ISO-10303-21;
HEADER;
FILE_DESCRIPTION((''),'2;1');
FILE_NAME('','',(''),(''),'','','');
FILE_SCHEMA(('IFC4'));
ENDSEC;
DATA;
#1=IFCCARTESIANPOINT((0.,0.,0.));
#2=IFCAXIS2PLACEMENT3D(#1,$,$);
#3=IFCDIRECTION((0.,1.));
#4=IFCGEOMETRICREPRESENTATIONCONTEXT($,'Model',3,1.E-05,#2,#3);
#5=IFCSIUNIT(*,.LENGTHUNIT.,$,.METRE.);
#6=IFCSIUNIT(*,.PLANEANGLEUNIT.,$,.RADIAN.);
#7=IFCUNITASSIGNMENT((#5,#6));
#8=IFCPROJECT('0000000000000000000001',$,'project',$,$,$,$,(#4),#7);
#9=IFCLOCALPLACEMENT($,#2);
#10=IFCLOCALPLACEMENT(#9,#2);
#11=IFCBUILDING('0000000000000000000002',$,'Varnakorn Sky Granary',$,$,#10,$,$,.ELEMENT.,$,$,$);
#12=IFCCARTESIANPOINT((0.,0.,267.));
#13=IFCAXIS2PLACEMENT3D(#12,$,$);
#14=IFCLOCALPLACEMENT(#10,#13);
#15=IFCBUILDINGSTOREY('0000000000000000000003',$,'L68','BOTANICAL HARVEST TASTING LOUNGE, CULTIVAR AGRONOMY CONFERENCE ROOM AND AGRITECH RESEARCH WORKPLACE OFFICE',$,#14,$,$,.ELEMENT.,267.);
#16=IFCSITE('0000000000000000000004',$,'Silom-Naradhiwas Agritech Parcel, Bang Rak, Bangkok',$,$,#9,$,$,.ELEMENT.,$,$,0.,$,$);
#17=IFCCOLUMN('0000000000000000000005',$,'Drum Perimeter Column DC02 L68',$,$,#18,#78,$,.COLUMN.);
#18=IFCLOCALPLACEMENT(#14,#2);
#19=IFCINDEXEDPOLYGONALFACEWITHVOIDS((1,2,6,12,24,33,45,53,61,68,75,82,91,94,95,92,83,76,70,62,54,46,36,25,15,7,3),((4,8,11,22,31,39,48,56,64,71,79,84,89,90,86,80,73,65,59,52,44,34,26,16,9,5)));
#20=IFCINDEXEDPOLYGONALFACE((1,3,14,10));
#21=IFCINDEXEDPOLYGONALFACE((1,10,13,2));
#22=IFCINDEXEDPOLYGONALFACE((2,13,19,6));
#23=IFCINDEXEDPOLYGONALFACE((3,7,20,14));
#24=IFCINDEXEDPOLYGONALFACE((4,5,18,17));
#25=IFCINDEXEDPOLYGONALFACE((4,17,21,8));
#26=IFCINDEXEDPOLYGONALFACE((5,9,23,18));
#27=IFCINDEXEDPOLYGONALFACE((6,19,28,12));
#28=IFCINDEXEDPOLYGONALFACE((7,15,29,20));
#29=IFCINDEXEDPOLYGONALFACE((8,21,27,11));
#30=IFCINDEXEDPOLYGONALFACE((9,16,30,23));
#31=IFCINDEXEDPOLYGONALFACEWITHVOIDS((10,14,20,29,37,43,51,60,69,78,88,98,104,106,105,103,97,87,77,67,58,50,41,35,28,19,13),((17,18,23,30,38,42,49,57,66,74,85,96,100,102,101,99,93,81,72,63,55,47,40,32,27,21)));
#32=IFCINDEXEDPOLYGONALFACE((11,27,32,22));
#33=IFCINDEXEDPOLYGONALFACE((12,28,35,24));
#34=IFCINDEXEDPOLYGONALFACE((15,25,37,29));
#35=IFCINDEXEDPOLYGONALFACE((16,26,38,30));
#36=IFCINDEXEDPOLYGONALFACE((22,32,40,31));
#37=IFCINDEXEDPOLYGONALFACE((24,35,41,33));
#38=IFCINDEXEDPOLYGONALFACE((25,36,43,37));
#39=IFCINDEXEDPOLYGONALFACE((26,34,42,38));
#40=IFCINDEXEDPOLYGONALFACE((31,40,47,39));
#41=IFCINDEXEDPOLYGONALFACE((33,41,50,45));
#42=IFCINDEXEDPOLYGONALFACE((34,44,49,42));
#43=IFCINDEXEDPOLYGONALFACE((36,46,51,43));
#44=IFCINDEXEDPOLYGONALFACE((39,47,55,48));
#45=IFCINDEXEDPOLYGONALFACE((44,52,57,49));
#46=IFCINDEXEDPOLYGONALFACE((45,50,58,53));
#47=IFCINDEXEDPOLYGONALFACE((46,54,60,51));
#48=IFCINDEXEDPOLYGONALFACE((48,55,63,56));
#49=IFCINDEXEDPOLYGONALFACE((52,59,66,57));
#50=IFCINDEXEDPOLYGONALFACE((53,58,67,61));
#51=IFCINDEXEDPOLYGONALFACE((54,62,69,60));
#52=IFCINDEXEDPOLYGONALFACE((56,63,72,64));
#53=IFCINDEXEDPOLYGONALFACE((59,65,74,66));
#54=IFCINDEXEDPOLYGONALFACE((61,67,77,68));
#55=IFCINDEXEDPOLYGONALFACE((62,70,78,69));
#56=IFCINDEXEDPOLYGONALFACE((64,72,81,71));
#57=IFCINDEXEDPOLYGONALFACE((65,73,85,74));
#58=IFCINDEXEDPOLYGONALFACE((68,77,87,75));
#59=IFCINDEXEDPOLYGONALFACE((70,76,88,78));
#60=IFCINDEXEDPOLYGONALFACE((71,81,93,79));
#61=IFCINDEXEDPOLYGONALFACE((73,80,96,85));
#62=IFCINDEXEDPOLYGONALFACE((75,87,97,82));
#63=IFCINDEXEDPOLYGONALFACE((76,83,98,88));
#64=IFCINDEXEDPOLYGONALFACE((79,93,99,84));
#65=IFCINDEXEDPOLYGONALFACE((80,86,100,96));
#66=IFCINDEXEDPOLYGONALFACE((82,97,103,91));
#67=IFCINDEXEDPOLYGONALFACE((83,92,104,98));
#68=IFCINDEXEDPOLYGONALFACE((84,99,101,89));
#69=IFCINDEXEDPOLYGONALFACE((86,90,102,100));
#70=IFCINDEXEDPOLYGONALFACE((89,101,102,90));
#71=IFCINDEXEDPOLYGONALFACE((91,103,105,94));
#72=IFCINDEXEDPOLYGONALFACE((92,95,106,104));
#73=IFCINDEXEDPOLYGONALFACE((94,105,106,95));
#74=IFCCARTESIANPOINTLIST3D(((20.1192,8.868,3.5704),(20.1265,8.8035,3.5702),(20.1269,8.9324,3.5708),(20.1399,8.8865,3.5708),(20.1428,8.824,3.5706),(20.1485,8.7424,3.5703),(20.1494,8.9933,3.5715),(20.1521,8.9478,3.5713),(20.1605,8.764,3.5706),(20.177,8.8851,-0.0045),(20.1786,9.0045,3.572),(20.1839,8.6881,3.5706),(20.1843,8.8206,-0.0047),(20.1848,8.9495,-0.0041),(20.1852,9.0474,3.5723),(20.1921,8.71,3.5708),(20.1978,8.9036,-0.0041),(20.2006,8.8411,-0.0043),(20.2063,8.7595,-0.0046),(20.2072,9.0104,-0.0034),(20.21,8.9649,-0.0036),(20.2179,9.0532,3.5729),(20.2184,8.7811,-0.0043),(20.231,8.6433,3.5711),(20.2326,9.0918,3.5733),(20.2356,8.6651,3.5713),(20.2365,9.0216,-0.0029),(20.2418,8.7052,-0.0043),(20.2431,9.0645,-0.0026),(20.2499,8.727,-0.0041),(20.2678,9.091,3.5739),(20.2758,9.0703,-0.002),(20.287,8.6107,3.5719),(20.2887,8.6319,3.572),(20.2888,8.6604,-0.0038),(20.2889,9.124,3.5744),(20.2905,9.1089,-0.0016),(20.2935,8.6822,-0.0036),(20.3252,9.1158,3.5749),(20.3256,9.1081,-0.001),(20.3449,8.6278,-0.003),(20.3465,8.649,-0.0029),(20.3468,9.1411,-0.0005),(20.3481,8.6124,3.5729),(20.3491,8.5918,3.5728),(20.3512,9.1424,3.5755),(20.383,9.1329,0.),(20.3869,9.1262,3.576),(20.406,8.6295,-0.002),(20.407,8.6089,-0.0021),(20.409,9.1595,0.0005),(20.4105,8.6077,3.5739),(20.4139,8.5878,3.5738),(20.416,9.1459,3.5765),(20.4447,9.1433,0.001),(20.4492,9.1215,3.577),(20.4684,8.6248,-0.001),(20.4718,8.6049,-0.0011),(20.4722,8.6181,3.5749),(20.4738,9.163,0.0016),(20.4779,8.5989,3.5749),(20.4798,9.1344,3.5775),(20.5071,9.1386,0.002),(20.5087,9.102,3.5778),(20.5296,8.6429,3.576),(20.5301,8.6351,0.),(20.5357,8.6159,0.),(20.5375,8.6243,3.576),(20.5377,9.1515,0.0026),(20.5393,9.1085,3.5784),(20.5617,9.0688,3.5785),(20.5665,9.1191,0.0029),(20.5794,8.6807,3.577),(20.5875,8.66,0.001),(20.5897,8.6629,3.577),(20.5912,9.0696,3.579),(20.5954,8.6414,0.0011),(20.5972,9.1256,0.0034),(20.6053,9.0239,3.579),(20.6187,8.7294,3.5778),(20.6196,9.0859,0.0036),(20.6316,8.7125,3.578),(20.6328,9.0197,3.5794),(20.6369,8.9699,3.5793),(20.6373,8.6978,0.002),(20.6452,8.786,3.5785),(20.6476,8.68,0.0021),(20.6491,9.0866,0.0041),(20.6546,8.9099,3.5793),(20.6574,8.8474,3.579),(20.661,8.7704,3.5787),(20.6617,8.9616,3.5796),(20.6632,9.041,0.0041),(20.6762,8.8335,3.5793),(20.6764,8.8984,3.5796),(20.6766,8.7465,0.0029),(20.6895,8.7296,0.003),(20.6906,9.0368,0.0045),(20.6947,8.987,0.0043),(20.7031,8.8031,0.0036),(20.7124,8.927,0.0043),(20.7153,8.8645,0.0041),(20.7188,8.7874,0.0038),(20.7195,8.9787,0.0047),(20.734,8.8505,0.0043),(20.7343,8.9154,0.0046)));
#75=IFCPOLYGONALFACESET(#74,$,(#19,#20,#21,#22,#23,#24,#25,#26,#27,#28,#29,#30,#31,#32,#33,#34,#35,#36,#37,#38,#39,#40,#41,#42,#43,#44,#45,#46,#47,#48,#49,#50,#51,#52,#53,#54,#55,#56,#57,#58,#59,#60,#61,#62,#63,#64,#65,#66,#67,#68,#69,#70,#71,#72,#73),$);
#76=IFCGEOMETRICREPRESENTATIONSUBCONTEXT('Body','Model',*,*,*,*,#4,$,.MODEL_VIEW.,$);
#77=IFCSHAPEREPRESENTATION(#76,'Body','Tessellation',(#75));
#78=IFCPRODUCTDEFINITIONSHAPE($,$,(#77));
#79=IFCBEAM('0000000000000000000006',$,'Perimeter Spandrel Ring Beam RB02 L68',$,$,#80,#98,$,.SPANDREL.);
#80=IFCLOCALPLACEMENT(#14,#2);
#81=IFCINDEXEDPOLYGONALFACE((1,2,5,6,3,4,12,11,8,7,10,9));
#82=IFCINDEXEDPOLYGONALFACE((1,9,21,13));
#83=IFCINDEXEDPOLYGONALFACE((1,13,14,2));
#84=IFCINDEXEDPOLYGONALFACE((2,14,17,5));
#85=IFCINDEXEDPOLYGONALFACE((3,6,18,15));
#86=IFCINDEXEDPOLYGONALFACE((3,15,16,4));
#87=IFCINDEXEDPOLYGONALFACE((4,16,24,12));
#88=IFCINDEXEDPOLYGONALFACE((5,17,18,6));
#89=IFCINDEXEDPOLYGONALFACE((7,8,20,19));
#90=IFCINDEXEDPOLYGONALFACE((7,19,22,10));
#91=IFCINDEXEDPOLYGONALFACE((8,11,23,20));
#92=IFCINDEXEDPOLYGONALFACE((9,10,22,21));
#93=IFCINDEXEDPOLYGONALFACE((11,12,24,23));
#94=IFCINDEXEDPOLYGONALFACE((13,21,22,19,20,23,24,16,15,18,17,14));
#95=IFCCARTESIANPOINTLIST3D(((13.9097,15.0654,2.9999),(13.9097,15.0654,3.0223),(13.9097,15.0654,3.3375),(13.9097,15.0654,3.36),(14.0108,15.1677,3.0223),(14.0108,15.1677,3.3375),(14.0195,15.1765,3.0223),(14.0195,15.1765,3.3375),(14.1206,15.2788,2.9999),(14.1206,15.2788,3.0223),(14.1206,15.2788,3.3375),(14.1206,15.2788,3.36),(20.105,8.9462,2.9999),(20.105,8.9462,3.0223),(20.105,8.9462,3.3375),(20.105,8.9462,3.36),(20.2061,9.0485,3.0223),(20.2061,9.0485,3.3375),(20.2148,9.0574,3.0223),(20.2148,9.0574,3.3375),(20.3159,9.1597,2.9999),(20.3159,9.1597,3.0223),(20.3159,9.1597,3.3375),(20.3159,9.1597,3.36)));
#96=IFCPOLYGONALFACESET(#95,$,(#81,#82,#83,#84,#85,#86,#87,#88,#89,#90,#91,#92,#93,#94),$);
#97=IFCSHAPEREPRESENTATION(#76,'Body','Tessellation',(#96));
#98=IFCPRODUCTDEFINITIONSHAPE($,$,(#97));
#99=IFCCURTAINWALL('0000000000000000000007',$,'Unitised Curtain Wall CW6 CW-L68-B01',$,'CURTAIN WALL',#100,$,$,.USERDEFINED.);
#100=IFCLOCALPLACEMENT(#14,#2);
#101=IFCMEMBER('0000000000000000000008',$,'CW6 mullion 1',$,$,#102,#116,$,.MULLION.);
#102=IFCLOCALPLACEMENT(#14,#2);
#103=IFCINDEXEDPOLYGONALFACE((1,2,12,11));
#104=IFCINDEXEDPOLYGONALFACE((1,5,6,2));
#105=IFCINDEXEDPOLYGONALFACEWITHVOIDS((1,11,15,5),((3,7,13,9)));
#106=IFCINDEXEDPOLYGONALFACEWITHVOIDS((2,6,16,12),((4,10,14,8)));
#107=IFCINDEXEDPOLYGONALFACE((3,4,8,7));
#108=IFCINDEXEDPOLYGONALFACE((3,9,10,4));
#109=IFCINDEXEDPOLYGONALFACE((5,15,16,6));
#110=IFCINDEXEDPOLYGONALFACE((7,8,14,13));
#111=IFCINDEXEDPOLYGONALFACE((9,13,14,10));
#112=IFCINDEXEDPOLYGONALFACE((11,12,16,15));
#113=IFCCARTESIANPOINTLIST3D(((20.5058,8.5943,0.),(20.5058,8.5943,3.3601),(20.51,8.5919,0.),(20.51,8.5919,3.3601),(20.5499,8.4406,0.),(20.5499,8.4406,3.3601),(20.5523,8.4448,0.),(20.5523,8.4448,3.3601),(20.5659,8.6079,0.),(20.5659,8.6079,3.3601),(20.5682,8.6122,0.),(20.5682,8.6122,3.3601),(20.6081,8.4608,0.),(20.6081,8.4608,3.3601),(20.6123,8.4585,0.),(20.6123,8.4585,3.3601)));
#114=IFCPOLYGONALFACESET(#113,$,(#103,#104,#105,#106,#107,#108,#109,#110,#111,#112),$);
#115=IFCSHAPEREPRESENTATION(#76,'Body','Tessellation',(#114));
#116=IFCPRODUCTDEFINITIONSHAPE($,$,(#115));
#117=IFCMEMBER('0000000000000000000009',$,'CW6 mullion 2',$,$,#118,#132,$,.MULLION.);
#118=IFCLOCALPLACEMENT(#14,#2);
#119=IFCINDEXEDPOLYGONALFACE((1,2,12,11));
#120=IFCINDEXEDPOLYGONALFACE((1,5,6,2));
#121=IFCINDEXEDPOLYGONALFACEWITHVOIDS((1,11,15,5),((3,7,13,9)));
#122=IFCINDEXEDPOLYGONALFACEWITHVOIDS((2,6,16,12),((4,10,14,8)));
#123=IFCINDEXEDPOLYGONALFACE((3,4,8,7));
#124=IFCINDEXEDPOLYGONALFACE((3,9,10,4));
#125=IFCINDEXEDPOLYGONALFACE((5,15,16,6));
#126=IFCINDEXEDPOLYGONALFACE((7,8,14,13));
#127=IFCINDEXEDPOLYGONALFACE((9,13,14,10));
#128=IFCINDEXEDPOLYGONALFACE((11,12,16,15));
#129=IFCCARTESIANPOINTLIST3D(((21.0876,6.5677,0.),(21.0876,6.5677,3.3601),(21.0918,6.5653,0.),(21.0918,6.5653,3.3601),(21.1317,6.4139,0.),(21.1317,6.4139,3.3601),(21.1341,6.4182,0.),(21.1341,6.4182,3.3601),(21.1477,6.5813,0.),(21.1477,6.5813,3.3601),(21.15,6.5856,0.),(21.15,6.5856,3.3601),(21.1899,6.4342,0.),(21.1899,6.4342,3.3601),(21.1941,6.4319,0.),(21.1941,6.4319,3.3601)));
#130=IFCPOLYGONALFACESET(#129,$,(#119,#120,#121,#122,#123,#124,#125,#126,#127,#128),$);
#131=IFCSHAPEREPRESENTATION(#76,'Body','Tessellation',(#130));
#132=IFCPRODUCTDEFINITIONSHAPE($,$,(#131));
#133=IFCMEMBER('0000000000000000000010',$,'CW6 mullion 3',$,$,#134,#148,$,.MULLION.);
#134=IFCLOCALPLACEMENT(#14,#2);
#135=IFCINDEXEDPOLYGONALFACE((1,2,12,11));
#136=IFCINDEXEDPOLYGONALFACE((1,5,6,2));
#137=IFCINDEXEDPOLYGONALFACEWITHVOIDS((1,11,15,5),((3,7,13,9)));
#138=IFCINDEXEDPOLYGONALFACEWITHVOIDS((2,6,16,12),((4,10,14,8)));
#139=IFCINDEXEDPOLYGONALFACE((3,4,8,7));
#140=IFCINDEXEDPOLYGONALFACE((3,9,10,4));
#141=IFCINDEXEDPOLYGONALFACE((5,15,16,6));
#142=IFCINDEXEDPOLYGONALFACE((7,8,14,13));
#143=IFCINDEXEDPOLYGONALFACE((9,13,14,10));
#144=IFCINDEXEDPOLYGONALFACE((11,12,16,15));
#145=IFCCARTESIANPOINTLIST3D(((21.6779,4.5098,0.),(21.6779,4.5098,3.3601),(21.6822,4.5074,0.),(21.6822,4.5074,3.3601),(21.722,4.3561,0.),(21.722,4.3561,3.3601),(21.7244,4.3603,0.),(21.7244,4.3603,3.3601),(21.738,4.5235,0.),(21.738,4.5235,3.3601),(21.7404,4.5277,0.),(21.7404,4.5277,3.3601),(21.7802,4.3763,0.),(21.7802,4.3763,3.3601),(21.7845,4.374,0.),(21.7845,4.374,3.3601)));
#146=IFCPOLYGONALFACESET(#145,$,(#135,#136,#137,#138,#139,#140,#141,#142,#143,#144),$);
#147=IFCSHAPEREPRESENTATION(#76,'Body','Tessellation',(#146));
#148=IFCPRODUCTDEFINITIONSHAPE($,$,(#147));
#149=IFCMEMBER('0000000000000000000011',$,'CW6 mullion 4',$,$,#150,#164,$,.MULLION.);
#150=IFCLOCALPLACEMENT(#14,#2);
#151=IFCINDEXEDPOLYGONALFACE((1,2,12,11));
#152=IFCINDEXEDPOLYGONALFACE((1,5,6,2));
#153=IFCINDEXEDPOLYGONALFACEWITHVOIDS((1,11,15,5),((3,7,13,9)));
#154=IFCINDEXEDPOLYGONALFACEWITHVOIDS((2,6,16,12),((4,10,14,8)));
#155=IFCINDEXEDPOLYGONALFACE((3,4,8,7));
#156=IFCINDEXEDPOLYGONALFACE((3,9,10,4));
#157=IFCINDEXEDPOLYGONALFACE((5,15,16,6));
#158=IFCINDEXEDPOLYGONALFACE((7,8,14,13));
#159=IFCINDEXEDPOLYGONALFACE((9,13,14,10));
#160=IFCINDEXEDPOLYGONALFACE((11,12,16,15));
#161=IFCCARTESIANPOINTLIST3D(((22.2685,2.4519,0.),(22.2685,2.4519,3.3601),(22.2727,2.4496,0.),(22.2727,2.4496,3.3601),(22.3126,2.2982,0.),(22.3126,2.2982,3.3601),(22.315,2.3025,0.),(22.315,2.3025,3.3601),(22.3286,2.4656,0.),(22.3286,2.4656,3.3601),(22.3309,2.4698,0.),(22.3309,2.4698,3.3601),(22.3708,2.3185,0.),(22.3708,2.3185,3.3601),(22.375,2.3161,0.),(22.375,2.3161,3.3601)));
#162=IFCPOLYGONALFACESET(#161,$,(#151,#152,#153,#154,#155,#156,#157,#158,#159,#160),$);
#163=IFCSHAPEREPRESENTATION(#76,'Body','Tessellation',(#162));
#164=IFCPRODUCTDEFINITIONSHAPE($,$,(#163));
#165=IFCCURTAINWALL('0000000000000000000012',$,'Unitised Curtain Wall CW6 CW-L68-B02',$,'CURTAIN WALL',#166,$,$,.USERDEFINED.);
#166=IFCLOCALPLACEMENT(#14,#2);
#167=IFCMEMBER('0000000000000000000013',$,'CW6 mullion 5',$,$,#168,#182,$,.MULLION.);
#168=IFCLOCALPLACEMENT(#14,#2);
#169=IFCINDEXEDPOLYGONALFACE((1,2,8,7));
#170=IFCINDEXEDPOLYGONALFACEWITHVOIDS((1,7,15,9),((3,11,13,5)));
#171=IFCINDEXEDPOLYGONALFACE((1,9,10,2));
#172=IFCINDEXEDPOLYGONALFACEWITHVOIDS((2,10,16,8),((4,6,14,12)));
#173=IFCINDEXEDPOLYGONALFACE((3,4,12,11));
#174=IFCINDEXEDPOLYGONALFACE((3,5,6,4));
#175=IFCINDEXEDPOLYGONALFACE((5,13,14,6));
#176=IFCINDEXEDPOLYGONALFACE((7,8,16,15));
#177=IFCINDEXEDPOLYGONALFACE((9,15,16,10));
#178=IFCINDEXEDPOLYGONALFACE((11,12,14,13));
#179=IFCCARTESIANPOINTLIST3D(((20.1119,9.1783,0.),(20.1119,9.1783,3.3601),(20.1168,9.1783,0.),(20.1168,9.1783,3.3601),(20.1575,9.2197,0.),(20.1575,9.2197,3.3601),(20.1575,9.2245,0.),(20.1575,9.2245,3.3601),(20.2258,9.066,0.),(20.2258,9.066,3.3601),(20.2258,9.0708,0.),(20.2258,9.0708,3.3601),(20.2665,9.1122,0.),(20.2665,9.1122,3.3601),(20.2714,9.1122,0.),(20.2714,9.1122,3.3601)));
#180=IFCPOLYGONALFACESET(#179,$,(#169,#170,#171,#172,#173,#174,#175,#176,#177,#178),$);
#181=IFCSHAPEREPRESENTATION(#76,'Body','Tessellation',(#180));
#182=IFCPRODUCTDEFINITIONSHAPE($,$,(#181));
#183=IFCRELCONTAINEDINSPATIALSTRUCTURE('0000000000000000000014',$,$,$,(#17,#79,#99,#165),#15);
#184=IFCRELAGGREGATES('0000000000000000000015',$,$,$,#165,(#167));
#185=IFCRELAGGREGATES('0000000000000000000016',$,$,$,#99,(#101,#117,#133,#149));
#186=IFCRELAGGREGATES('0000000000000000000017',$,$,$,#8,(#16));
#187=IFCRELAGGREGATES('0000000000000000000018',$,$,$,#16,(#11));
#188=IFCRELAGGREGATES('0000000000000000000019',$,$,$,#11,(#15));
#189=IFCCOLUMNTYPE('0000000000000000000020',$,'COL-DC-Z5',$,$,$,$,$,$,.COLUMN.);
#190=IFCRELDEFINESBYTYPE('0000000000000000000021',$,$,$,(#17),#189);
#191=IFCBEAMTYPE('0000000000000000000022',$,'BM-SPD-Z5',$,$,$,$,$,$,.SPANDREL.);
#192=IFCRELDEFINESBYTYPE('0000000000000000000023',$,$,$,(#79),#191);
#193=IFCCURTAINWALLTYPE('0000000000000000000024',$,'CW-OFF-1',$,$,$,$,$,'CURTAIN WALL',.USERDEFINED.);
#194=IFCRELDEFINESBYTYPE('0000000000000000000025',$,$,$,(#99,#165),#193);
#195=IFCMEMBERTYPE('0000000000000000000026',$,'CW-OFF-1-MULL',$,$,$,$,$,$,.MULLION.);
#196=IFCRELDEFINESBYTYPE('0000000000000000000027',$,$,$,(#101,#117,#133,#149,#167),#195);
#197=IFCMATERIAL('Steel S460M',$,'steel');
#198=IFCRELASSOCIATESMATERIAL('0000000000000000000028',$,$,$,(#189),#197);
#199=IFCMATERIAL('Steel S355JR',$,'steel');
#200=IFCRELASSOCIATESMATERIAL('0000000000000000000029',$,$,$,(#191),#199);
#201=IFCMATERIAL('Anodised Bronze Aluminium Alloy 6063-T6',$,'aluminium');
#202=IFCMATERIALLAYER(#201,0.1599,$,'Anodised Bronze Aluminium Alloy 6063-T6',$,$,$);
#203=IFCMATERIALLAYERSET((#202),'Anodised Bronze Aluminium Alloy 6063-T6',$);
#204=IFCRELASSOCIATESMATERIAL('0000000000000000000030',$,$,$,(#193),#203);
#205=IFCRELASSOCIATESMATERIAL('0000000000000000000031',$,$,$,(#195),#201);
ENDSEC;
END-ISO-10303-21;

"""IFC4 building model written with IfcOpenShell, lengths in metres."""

from ifc_helpers import new_model, si_unit, direction, frame, origin, origin_2d, place, context, subcontext, project, spatial, hollow_rectangle, hollow_circle, i_section, extrude, material, layer, layer_set, material_profile, profile_set, type_object, element, aggregate, save


model = new_model("IFC4")

# Units and contexts
model_context = context("Model", 3, precision=1e-05, world=origin(), true_north=direction((0.0, 1.0)))
body_context = subcontext(model_context, "Body", "Model", "MODEL_VIEW")
ifc_project = project(units=[si_unit("LENGTHUNIT", "METRE"), si_unit("PLANEANGLEUNIT", "RADIAN")], contexts=[model_context])

# Site, building, storey
site_placement = place(None, origin())
site = spatial("IfcSite", under=ifc_project, at=site_placement, Name="Silom-Naradhiwas Agritech Parcel, Bang Rak, Bangkok", CompositionType="ELEMENT", RefElevation=0.0)
building_placement = place(site_placement, origin())
building = spatial("IfcBuilding", under=site, at=building_placement, Name="Varnakorn Sky Granary", CompositionType="ELEMENT")
storey_placement = place(building_placement, frame((0.0, 0.0, 267.0)))
storey = spatial("IfcBuildingStorey", under=building, at=storey_placement, Name="L68", Description="BOTANICAL HARVEST TASTING LOUNGE, CULTIVAR AGRONOMY CONFERENCE ROOM AND AGRITECH RESEARCH WORKPLACE OFFICE", CompositionType="ELEMENT", Elevation=267.0)

# Column
ifc_material_1 = material(Name="Steel S460M", Category="steel")
ifc_material_profile_1 = material_profile(ifc_material_1, hollow_circle(Radius=0.2795, WallThickness=0.02, at=origin_2d()), Name="CHS 559x20")
ifc_profile_set_1 = profile_set([ifc_material_profile_1], Name="Steel S460M")
column_type = type_object("IfcColumnType", Name="COL-DC-Z5", PredefinedType="COLUMN", material=ifc_profile_set_1)
column_placement = place(storey_placement, frame((20.4565, 8.884, 0.0), z_axis=(-0.016183, -0.00478, 0.999858), x_axis=(0.283262, -0.959043, 0.0)))
element("IfcColumn", 1, at=column_placement, inside=storey, type_object=column_type, Name="Drum Perimeter Column DC02 L68", PredefinedType="COLUMN", context=body_context, shape_type="SweptSolid", body=[
    extrude(hollow_circle(Radius=0.2795, WallThickness=0.02, at=origin_2d()), origin(), (0.0, 0.0, 1.0), 3.5754),
])

# Beam
ifc_material_2 = material(Name="Steel S355JR", Category="steel")
ifc_material_profile_2 = material_profile(ifc_material_2, i_section(OverallWidth=0.3, OverallDepth=0.3601, WebThickness=0.0125, FlangeThickness=0.0225, at=origin_2d()), Name="HE 360 B")
ifc_profile_set_2 = profile_set([ifc_material_profile_2], Name="Steel S355JR")
beam_type = type_object("IfcBeamType", Name="BM-SPD-Z5", PredefinedType="SPANDREL", material=ifc_profile_set_2)
beam_placement = place(storey_placement, frame((20.2104, 9.053, 3.1799), z_axis=(-0.711467, 0.702719, 0.0), x_axis=(-0.702719, -0.711467, 0.0)))
element("IfcBeam", 2, at=beam_placement, inside=storey, type_object=beam_type, Name="Perimeter Spandrel Ring Beam RB02 L68", PredefinedType="SPANDREL", context=body_context, shape_type="SweptSolid", body=[
    extrude(i_section(OverallWidth=0.3, OverallDepth=0.3601, WebThickness=0.0125, FlangeThickness=0.0225, at=origin_2d()), origin(), (0.0, 0.0, 1.0), 8.7078),
])

# Curtain wall, members
ifc_material_3 = material(Name="Anodised Bronze Aluminium Alloy 6063-T6", Category="aluminium")
ifc_layer_1 = layer(ifc_material_3, 0.1599, Name="Anodised Bronze Aluminium Alloy 6063-T6")
ifc_layer_set_1 = layer_set([ifc_layer_1], Name="Anodised Bronze Aluminium Alloy 6063-T6")
curtain_wall_type = type_object("IfcCurtainWallType", Name="CW-OFF-1", ElementType="CURTAIN WALL", PredefinedType="USERDEFINED", material=ifc_layer_set_1)
curtain_wall_1_placement = place(storey_placement, origin())
curtain_wall_1 = element("IfcCurtainWall", 3, at=curtain_wall_1_placement, inside=storey, type_object=curtain_wall_type, Name="Unitised Curtain Wall CW6 CW-L68-B01", ObjectType="CURTAIN WALL", PredefinedType="USERDEFINED")
ifc_material_profile_3 = material_profile(ifc_material_3, hollow_rectangle(XDim=0.0649, YDim=0.1599, WallThickness=0.0034, at=origin_2d()), Name="ALU MULL 65x160")
ifc_profile_set_3 = profile_set([ifc_material_profile_3], Name="Anodised Bronze Aluminium Alloy 6063-T6")
member_type_1 = type_object("IfcMemberType", Name="CW-OFF-1-MULL", PredefinedType="MULLION", material=ifc_profile_set_3)
member_1_placement = place(storey_placement, frame((20.5591, 8.5264, 0.0), z_axis=(0.0, 0.0, 1.0), x_axis=(0.961203, 0.275841, 0.0)))
member_1 = element("IfcMember", 4, at=member_1_placement, type_object=member_type_1, Name="CW6 mullion 1", PredefinedType="MULLION", context=body_context, shape_type="SweptSolid", body=[
    extrude(hollow_rectangle(XDim=0.0649, YDim=0.1599, WallThickness=0.0034, at=origin_2d()), origin(), (0.0, 0.0, 1.0), 3.3601),
])
member_2_placement = place(storey_placement, frame((21.1409, 6.4998, 0.0), z_axis=(0.0, 0.0, 1.0), x_axis=(0.961203, 0.275841, 0.0)))
member_2 = element("IfcMember", 5, at=member_2_placement, type_object=member_type_1, Name="CW6 mullion 2", PredefinedType="MULLION", context=body_context, shape_type="SweptSolid", body=[
    extrude(hollow_rectangle(XDim=0.0649, YDim=0.1599, WallThickness=0.0034, at=origin_2d()), origin(), (0.0, 0.0, 1.0), 3.3601),
])
member_3_placement = place(storey_placement, frame((21.7312, 4.4419, 0.0), z_axis=(0.0, 0.0, 1.0), x_axis=(0.961203, 0.275841, 0.0)))
member_3 = element("IfcMember", 6, at=member_3_placement, type_object=member_type_1, Name="CW6 mullion 3", PredefinedType="MULLION", context=body_context, shape_type="SweptSolid", body=[
    extrude(hollow_rectangle(XDim=0.0649, YDim=0.1599, WallThickness=0.0034, at=origin_2d()), origin(), (0.0, 0.0, 1.0), 3.3601),
])
member_4_placement = place(storey_placement, frame((22.3218, 2.384, 0.0), z_axis=(0.0, 0.0, 1.0), x_axis=(0.961203, 0.275841, 0.0)))
member_4 = element("IfcMember", 7, at=member_4_placement, type_object=member_type_1, Name="CW6 mullion 4", PredefinedType="MULLION", context=body_context, shape_type="SweptSolid", body=[
    extrude(hollow_rectangle(XDim=0.0649, YDim=0.1599, WallThickness=0.0034, at=origin_2d()), origin(), (0.0, 0.0, 1.0), 3.3601),
])

# Curtain wall, member
curtain_wall_2_placement = place(storey_placement, origin())
curtain_wall_2 = element("IfcCurtainWall", 8, at=curtain_wall_2_placement, inside=storey, type_object=curtain_wall_type, Name="Unitised Curtain Wall CW6 CW-L68-B02", ObjectType="CURTAIN WALL", PredefinedType="USERDEFINED")
member_5_placement = place(storey_placement, frame((20.1917, 9.1453, 0.0), z_axis=(0.0, 0.0, 1.0), x_axis=(0.702091, 0.712087, 0.0)))
member_5 = element("IfcMember", 9, at=member_5_placement, type_object=member_type_1, Name="CW6 mullion 5", PredefinedType="MULLION", context=body_context, shape_type="SweptSolid", body=[
    extrude(hollow_rectangle(XDim=0.0649, YDim=0.1599, WallThickness=0.0034, at=origin_2d()), origin(), (0.0, 0.0, 1.0), 3.3601),
])
aggregate(curtain_wall_2, [member_5])

aggregate(curtain_wall_1, [member_1, member_2, member_3, member_4])

save(model, "model.ifc")
